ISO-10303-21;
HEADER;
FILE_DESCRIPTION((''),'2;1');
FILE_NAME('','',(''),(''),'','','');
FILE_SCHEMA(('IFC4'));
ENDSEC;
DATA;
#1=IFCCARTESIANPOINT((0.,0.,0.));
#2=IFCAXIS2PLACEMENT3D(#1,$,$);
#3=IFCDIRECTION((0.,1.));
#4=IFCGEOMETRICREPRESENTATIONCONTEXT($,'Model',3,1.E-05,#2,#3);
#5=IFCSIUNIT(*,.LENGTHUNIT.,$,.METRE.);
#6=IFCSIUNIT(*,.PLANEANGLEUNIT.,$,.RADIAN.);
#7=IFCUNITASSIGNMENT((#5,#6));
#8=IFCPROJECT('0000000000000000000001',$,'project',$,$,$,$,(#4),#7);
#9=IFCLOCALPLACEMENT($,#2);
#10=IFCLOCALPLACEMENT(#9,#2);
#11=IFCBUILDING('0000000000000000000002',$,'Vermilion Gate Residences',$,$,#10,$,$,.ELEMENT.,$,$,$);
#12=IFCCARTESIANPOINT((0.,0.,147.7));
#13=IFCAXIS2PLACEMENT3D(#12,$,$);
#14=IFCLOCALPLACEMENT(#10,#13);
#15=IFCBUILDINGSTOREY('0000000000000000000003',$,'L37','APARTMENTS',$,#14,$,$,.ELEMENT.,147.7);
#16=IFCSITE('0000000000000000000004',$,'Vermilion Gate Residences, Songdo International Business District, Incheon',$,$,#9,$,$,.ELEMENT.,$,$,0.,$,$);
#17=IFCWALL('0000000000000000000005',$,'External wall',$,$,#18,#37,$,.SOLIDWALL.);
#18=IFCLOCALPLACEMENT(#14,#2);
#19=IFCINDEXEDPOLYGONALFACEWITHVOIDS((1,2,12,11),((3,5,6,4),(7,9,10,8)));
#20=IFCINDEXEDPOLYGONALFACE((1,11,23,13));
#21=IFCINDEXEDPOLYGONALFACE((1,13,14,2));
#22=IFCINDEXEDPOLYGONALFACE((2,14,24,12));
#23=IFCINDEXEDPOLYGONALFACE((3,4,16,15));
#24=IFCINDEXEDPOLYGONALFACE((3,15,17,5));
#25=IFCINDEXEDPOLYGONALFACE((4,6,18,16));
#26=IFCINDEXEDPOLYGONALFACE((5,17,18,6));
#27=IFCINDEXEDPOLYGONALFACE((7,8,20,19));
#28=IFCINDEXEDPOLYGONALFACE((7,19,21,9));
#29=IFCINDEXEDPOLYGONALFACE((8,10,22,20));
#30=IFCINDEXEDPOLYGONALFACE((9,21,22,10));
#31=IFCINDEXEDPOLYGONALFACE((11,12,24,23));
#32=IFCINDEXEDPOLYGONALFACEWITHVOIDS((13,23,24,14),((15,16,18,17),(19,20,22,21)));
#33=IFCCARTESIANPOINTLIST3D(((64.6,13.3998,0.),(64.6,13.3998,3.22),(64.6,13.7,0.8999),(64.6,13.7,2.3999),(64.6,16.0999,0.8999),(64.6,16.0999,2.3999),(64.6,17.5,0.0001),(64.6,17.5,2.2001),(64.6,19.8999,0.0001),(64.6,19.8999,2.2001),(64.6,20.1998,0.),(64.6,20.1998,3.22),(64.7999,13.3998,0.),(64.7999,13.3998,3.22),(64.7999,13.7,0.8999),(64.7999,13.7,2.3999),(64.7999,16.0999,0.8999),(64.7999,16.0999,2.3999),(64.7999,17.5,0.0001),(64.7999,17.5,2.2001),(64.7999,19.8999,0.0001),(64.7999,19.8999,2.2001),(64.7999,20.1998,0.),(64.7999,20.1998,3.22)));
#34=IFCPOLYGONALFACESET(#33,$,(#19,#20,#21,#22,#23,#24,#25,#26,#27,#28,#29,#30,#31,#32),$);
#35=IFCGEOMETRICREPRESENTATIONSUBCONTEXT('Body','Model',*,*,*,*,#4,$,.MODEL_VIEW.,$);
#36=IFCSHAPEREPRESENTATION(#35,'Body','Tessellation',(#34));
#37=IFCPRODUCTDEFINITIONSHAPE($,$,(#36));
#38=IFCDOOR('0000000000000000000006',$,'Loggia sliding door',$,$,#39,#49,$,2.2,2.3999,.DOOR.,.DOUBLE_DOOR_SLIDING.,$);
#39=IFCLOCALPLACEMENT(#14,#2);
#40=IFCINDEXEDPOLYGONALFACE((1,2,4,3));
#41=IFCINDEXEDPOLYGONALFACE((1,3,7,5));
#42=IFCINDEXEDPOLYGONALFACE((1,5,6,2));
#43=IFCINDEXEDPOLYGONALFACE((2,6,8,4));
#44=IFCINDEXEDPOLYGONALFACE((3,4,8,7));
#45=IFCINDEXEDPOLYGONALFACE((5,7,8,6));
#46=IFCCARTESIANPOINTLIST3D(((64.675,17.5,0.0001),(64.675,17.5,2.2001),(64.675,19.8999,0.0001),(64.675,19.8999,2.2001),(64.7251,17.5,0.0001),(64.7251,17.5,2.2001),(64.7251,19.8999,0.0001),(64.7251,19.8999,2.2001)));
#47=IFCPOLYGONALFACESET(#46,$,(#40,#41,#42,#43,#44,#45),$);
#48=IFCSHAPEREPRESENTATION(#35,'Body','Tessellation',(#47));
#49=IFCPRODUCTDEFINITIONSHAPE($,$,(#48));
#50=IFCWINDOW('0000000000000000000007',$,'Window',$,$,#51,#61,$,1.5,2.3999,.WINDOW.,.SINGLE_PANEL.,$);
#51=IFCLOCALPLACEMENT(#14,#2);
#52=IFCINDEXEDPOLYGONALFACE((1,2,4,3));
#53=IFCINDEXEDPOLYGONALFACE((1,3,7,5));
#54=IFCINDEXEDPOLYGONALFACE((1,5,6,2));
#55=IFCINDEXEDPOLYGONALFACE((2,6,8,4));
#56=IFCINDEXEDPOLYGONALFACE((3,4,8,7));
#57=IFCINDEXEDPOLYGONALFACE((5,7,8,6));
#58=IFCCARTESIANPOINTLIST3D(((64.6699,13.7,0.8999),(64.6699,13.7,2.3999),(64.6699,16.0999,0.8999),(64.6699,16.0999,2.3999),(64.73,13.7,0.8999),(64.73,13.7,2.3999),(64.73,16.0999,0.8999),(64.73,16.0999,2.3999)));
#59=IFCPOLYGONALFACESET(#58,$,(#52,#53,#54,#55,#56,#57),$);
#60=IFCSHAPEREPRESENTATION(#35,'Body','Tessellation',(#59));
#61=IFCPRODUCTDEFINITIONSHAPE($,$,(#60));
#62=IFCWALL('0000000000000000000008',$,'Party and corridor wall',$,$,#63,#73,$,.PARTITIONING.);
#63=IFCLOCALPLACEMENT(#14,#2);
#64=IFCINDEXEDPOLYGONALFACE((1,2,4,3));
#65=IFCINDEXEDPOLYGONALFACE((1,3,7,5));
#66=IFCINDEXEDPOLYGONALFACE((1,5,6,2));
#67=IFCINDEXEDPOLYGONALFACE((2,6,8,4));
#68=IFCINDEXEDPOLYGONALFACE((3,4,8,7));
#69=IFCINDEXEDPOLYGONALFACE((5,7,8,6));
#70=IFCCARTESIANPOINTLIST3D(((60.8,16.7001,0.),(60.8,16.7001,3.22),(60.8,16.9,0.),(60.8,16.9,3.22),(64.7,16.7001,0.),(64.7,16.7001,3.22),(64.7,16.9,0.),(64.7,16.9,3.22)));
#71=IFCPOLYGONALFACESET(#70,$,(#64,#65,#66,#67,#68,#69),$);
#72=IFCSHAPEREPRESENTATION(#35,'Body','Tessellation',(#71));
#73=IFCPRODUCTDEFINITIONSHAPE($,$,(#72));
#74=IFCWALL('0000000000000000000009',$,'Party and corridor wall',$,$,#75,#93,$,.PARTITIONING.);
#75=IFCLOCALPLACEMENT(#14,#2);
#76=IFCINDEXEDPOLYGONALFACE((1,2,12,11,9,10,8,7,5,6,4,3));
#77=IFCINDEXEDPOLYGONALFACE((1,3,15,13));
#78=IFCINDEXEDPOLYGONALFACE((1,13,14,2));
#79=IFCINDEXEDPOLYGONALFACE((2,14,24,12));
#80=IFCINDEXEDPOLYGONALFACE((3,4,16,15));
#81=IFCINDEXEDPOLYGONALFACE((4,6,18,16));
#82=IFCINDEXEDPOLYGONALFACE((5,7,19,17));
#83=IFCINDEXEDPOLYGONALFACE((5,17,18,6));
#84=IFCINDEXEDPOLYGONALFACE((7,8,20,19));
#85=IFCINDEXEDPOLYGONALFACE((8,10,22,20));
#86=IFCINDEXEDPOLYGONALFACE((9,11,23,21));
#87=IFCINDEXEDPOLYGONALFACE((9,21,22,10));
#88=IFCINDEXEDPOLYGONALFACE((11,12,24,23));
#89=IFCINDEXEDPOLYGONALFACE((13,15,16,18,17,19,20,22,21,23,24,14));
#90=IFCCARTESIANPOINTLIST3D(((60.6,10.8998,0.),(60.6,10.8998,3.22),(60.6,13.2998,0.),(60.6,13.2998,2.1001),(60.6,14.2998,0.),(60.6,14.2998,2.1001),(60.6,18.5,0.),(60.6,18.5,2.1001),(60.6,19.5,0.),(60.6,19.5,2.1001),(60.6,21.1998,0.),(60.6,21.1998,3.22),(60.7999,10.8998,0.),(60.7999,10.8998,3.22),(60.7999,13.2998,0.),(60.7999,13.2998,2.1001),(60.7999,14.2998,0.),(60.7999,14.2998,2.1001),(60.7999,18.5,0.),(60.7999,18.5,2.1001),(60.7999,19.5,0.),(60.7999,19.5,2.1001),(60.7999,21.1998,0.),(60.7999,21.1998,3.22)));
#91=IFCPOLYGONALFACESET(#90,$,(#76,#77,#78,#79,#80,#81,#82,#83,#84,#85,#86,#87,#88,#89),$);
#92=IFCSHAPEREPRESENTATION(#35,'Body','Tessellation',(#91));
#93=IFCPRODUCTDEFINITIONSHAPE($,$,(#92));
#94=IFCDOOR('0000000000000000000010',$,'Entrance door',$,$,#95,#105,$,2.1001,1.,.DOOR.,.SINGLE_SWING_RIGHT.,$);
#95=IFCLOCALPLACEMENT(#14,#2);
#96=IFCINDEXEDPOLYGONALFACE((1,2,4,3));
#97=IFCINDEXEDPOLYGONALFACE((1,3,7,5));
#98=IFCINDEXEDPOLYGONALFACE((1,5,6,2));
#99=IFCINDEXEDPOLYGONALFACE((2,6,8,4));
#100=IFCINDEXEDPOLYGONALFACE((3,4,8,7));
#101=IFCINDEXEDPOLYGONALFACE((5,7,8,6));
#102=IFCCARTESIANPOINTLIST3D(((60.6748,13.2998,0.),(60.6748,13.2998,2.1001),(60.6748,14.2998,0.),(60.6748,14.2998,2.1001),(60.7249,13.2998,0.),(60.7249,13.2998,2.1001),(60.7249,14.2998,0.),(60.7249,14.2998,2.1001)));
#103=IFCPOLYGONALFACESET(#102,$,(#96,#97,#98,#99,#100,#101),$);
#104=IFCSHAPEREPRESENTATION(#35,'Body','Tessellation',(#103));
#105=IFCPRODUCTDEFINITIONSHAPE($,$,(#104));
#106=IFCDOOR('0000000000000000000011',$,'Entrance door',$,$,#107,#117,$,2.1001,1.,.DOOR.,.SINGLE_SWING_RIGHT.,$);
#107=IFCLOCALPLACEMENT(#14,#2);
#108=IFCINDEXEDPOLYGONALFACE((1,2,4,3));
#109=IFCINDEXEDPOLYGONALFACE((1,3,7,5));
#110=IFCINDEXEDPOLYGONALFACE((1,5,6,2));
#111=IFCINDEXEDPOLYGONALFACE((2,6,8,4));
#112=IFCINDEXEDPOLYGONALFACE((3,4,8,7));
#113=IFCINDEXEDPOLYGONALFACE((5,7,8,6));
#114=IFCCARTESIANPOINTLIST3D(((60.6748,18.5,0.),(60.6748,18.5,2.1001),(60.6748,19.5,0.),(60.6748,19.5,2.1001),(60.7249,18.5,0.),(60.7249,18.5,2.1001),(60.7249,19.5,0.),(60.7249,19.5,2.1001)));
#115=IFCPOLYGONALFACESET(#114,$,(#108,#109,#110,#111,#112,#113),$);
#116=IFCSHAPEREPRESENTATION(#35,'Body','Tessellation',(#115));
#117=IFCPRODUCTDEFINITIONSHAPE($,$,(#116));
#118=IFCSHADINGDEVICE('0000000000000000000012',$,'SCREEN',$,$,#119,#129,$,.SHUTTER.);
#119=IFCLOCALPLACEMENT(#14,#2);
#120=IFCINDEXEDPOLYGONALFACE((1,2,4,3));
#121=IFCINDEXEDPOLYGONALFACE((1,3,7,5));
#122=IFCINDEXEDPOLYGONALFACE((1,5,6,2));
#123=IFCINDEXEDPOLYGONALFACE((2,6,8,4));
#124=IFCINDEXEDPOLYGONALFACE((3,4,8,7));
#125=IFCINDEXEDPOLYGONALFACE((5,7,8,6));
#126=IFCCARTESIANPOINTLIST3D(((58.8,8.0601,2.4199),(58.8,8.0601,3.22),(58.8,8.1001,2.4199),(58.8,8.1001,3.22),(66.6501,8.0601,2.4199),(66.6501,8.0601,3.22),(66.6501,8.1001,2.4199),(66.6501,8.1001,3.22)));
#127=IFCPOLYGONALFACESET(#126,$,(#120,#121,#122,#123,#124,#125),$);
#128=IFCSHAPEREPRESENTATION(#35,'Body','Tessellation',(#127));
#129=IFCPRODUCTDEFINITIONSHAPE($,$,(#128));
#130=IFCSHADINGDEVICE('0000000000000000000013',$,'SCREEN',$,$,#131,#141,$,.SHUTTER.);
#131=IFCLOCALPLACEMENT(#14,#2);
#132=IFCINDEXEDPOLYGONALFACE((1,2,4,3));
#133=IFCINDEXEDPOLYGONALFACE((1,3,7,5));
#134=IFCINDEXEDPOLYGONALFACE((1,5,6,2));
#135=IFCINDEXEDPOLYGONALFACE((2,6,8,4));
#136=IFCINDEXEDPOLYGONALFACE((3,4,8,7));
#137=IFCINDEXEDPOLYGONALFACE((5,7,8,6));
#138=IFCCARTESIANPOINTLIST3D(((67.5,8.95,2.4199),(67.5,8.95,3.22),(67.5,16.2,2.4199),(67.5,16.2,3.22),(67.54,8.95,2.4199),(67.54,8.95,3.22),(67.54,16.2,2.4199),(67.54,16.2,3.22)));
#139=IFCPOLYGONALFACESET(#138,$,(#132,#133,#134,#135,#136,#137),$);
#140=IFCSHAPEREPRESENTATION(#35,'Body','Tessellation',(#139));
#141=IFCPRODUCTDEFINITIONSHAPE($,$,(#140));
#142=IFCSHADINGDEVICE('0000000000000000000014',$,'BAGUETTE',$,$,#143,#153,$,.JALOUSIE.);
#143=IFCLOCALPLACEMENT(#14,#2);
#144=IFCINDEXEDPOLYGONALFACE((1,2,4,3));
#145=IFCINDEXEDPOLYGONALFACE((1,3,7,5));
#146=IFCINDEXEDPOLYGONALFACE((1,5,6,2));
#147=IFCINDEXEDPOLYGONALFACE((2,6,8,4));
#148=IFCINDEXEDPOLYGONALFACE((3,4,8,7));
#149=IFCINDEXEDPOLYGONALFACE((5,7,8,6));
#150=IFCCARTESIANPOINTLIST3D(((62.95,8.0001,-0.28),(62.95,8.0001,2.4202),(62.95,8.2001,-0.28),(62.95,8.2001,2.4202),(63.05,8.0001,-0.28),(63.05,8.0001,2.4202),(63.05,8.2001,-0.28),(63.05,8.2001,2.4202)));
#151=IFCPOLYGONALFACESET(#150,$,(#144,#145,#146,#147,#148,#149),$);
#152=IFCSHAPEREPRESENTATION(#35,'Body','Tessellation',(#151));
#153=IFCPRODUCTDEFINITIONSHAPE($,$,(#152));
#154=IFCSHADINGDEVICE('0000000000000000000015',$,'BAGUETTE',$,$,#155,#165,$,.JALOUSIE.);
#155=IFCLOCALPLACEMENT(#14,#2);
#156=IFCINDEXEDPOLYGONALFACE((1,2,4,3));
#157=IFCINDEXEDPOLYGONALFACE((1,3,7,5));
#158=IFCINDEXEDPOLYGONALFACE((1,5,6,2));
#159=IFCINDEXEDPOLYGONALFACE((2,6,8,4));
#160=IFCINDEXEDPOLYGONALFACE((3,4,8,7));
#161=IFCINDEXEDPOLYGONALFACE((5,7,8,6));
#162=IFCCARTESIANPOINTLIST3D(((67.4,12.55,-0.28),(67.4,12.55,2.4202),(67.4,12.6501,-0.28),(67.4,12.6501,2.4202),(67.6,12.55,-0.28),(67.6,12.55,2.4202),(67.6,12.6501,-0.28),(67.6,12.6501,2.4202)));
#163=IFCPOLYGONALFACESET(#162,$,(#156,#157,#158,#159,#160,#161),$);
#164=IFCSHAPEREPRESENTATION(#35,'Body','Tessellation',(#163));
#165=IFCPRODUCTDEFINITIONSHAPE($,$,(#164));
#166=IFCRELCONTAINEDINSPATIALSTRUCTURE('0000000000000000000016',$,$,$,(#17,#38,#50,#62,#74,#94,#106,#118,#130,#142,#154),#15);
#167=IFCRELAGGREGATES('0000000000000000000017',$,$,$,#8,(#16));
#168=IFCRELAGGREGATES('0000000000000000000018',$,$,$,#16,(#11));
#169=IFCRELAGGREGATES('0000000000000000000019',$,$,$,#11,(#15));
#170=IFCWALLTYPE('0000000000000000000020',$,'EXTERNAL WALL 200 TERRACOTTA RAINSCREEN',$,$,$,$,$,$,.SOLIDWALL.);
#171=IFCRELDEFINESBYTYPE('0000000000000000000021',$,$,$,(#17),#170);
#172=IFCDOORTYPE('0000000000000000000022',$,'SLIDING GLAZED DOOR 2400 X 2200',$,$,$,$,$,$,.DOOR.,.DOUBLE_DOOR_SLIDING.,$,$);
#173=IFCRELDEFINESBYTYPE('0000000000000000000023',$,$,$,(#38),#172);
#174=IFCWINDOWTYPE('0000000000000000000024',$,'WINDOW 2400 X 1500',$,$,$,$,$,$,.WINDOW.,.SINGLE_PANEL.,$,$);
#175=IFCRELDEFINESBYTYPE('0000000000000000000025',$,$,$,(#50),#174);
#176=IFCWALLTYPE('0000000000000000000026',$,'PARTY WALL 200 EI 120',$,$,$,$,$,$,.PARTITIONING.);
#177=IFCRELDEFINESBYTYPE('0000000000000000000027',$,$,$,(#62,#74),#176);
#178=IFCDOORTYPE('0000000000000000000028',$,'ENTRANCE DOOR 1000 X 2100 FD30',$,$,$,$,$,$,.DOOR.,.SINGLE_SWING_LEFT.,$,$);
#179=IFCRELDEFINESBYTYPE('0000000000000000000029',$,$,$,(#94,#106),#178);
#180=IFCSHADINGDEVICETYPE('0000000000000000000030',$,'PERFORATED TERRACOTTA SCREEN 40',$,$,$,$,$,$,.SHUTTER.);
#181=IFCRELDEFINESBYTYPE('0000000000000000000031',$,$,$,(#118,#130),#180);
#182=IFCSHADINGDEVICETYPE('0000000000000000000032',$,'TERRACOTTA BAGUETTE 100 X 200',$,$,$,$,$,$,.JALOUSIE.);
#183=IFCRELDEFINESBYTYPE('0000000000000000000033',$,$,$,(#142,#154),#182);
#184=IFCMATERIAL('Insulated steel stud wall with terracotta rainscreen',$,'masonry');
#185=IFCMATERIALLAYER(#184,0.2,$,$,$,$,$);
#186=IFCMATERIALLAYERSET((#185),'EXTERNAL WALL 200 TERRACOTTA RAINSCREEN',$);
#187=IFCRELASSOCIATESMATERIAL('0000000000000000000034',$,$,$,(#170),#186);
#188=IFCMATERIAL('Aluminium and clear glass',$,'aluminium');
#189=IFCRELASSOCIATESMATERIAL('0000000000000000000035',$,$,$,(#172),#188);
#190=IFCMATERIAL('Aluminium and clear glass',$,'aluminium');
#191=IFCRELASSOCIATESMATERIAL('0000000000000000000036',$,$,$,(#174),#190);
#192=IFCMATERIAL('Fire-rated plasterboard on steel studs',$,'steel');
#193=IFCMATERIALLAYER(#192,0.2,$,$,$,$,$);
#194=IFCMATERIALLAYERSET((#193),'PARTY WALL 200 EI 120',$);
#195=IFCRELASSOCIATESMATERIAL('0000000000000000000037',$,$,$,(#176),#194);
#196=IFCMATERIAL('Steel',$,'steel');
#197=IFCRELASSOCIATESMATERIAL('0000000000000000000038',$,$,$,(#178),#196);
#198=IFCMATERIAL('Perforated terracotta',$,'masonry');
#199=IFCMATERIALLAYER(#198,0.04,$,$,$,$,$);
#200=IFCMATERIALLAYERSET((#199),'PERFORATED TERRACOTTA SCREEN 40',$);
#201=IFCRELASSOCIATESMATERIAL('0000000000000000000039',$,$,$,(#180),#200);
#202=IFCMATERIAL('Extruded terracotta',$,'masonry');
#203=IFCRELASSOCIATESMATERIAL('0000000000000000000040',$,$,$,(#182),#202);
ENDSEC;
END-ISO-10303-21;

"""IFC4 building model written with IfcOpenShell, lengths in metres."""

from ifc_helpers import new_model, si_unit, direction, frame, frame_2d, origin, origin_2d, place, context, subcontext, project, spatial, rectangle, extrude, material, layer, layer_set, material_profile, profile_set, type_object, element, fill, save


model = new_model("IFC4")

# Units and contexts
model_context = context("Model", 3, precision=1e-05, world=origin(), true_north=direction((0.0, 1.0)))
body_context = subcontext(model_context, "Body", "Model", "MODEL_VIEW")
ifc_project = project(units=[si_unit("LENGTHUNIT", "METRE"), si_unit("PLANEANGLEUNIT", "RADIAN")], contexts=[model_context])

# Site, building, storey
site_placement = place(None, origin())
site = spatial("IfcSite", under=ifc_project, at=site_placement, Name="Vermilion Gate Residences, Songdo International Business District, Incheon", CompositionType="ELEMENT", RefElevation=0.0)
building_placement = place(site_placement, origin())
building = spatial("IfcBuilding", under=site, at=building_placement, Name="Vermilion Gate Residences", CompositionType="ELEMENT")
storey_placement = place(building_placement, frame((0.0, 0.0, 147.7)))
storey = spatial("IfcBuildingStorey", under=building, at=storey_placement, Name="L37", Description="APARTMENTS", CompositionType="ELEMENT", Elevation=147.7)

# Shared definitions
ifc_material_1 = material(Name="Insulated steel stud wall with terracotta rainscreen", Category="masonry")
ifc_layer_1 = layer(ifc_material_1, 0.2)
ifc_layer_set_1 = layer_set([ifc_layer_1], Name="EXTERNAL WALL 200 TERRACOTTA RAINSCREEN")
wall_type_1 = type_object("IfcWallType", Name="EXTERNAL WALL 200 TERRACOTTA RAINSCREEN", PredefinedType="SOLIDWALL", material=ifc_layer_set_1)

# Wall, openings, door, window
wall_1_placement = place(storey_placement, frame((64.7, 13.3999, 0.0), z_axis=(0.0, 0.0, 1.0), x_axis=(0.0, 1.0, 0.0)))
wall_1 = element("IfcWall", 1, at=wall_1_placement, inside=storey, type_object=wall_type_1, Name="External wall", PredefinedType="SOLIDWALL", context=body_context, shape_type="SweptSolid", body=[
    extrude(rectangle(XDim=6.8, YDim=0.2, at=frame_2d((3.3999, 0.0))), origin(), (0.0, 0.0, 1.0), 3.22),
])
opening_1_placement = place(wall_1_placement, frame((0.3, 0.0, 0.8999)))
opening_1 = element("IfcOpeningElement", 2, at=opening_1_placement, cuts=wall_1, PredefinedType="OPENING", context=body_context, shape_type="SweptSolid", body=[
    extrude(rectangle(XDim=2.3999, YDim=1.5, at=frame_2d((1.2, 0.75))), frame((0.0, 0.1099, 0.0), z_axis=(0.0, -1.0, 0.0), x_axis=(1.0, 0.0, 0.0)), (0.0, 0.0, 1.0), 0.22),
])
opening_2_placement = place(wall_1_placement, frame((4.1001, 0.0, 0.0)))
opening_2 = element("IfcOpeningElement", 3, at=opening_2_placement, cuts=wall_1, PredefinedType="OPENING", context=body_context, shape_type="SweptSolid", body=[
    extrude(rectangle(XDim=2.3999, YDim=2.2, at=frame_2d((1.2, 1.1001))), frame((0.0, 0.1099, 0.0), z_axis=(0.0, -1.0, 0.0), x_axis=(1.0, 0.0, 0.0)), (0.0, 0.0, 1.0), 0.22),
])
ifc_material_2 = material(Name="Aluminium and clear glass", Category="aluminium")
door_type_1 = type_object("IfcDoorType", Name="SLIDING GLAZED DOOR 2400 X 2200", OperationType="DOUBLE_DOOR_SLIDING", PredefinedType="DOOR", material=ifc_material_2)
door_1_placement = place(opening_2_placement, origin())
door_1 = element("IfcDoor", 4, at=door_1_placement, inside=storey, type_object=door_type_1, Name="Loggia sliding door", OperationType="DOUBLE_DOOR_SLIDING", OverallHeight=2.2, OverallWidth=2.3999, PredefinedType="DOOR", context=body_context, shape_type="SweptSolid", body=[
    extrude(rectangle(XDim=2.3999, YDim=2.2, at=frame_2d((1.2, 1.1001))), frame((0.0, 0.0249, 0.0), z_axis=(0.0, -1.0, 0.0), x_axis=(1.0, 0.0, 0.0)), (0.0, 0.0, 1.0), 0.05),
])
fill(opening_2, door_1)
ifc_material_3 = material(Name="Aluminium and clear glass", Category="aluminium")
window_type_1 = type_object("IfcWindowType", Name="WINDOW 2400 X 1500", PartitioningType="SINGLE_PANEL", PredefinedType="WINDOW", material=ifc_material_3)
window_1_placement = place(opening_1_placement, origin())
window_1 = element("IfcWindow", 5, at=window_1_placement, inside=storey, type_object=window_type_1, Name="Window", OverallHeight=1.5, OverallWidth=2.3999, PartitioningType="SINGLE_PANEL", PredefinedType="WINDOW", context=body_context, shape_type="SweptSolid", body=[
    extrude(rectangle(XDim=2.3999, YDim=1.5, at=frame_2d((1.2, 0.75))), frame((0.0, 0.03, 0.0), z_axis=(0.0, -1.0, 0.0), x_axis=(1.0, 0.0, 0.0)), (0.0, 0.0, 1.0), 0.0601),
])
fill(opening_1, window_1)

# Wall
ifc_material_4 = material(Name="Fire-rated plasterboard on steel studs", Category="steel")
ifc_layer_2 = layer(ifc_material_4, 0.2)
ifc_layer_set_2 = layer_set([ifc_layer_2], Name="PARTY WALL 200 EI 120")
wall_type_2 = type_object("IfcWallType", Name="PARTY WALL 200 EI 120", PredefinedType="PARTITIONING", material=ifc_layer_set_2)
wall_2_placement = place(storey_placement, frame((60.8, 16.8, 0.0), z_axis=(0.0, 0.0, 1.0), x_axis=(1.0, 0.0, 0.0)))
element("IfcWall", 6, at=wall_2_placement, inside=storey, type_object=wall_type_2, Name="Party and corridor wall", PredefinedType="PARTITIONING", context=body_context, shape_type="SweptSolid", body=[
    extrude(rectangle(XDim=3.8999, YDim=0.2, at=frame_2d((1.95, 0.0))), origin(), (0.0, 0.0, 1.0), 3.22),
])

# Wall, openings, doors
wall_3_placement = place(storey_placement, frame((60.7, 10.8999, 0.0), z_axis=(0.0, 0.0, 1.0), x_axis=(0.0, 1.0, 0.0)))
wall_3 = element("IfcWall", 7, at=wall_3_placement, inside=storey, type_object=wall_type_2, Name="Party and corridor wall", PredefinedType="PARTITIONING", context=body_context, shape_type="SweptSolid", body=[
    extrude(rectangle(XDim=10.3, YDim=0.2, at=frame_2d((5.1499, 0.0))), origin(), (0.0, 0.0, 1.0), 3.22),
])
opening_3_placement = place(wall_3_placement, frame((2.3999, 0.0, 0.0)))
opening_3 = element("IfcOpeningElement", 8, at=opening_3_placement, cuts=wall_3, PredefinedType="OPENING", context=body_context, shape_type="SweptSolid", body=[
    extrude(rectangle(XDim=1.0, YDim=2.1001, at=frame_2d((0.5, 1.05))), frame((0.0, 0.1099, 0.0), z_axis=(0.0, -1.0, 0.0), x_axis=(1.0, 0.0, 0.0)), (0.0, 0.0, 1.0), 0.22),
])
opening_4_placement = place(wall_3_placement, frame((7.6001, 0.0, 0.0)))
opening_4 = element("IfcOpeningElement", 9, at=opening_4_placement, cuts=wall_3, PredefinedType="OPENING", context=body_context, shape_type="SweptSolid", body=[
    extrude(rectangle(XDim=1.0, YDim=2.1001, at=frame_2d((0.5, 1.05))), frame((0.0, 0.1099, 0.0), z_axis=(0.0, -1.0, 0.0), x_axis=(1.0, 0.0, 0.0)), (0.0, 0.0, 1.0), 0.22),
])
ifc_material_5 = material(Name="Steel", Category="steel")
door_type_2 = type_object("IfcDoorType", Name="ENTRANCE DOOR 1000 X 2100 FD30", OperationType="SINGLE_SWING_LEFT", PredefinedType="DOOR", material=ifc_material_5)
door_2_placement = place(opening_3_placement, frame((1.0, 0.0, 0.0), z_axis=(0.0, 0.0, 1.0), x_axis=(-1.0, 0.0, 0.0)))
door_2 = element("IfcDoor", 10, at=door_2_placement, inside=storey, type_object=door_type_2, Name="Entrance door", OperationType="SINGLE_SWING_RIGHT", OverallHeight=2.1001, OverallWidth=1.0, PredefinedType="DOOR", context=body_context, shape_type="SweptSolid", body=[
    extrude(rectangle(XDim=1.0, YDim=2.1001, at=frame_2d((0.5, 1.05))), frame((0.0, 0.0249, 0.0), z_axis=(0.0, -1.0, 0.0), x_axis=(1.0, 0.0, 0.0)), (0.0, 0.0, 1.0), 0.05),
])
fill(opening_3, door_2)
door_3_placement = place(opening_4_placement, frame((1.0, 0.0, 0.0), z_axis=(0.0, 0.0, 1.0), x_axis=(-1.0, 0.0, 0.0)))
door_3 = element("IfcDoor", 11, at=door_3_placement, inside=storey, type_object=door_type_2, Name="Entrance door", OperationType="SINGLE_SWING_RIGHT", OverallHeight=2.1001, OverallWidth=1.0, PredefinedType="DOOR", context=body_context, shape_type="SweptSolid", body=[
    extrude(rectangle(XDim=1.0, YDim=2.1001, at=frame_2d((0.5, 1.05))), frame((0.0, 0.0249, 0.0), z_axis=(0.0, -1.0, 0.0), x_axis=(1.0, 0.0, 0.0)), (0.0, 0.0, 1.0), 0.05),
])
fill(opening_4, door_3)

# Shading devices
ifc_material_6 = material(Name="Perforated terracotta", Category="masonry")
ifc_layer_3 = layer(ifc_material_6, 0.04)
ifc_layer_set_3 = layer_set([ifc_layer_3], Name="PERFORATED TERRACOTTA SCREEN 40")
shading_device_type_1 = type_object("IfcShadingDeviceType", Name="PERFORATED TERRACOTTA SCREEN 40", PredefinedType="SHUTTER", material=ifc_layer_set_3)
shading_device_1_placement = place(storey_placement, frame((62.7251, 8.0801, 2.4199), z_axis=(0.0, 0.0, 1.0), x_axis=(1.0, 0.0, 0.0)))
element("IfcShadingDevice", 12, at=shading_device_1_placement, inside=storey, type_object=shading_device_type_1, Name="SCREEN", PredefinedType="SHUTTER", context=body_context, shape_type="SweptSolid", body=[
    extrude(rectangle(XDim=7.8501, YDim=0.04, at=origin_2d()), origin(), (0.0, 0.0, 1.0), 0.8),
])
shading_device_2_placement = place(storey_placement, frame((67.52, 12.575, 2.4199), z_axis=(0.0, 0.0, 1.0), x_axis=(0.0, 1.0, 0.0)))
element("IfcShadingDevice", 13, at=shading_device_2_placement, inside=storey, type_object=shading_device_type_1, Name="SCREEN", PredefinedType="SHUTTER", context=body_context, shape_type="SweptSolid", body=[
    extrude(rectangle(XDim=7.25, YDim=0.04, at=origin_2d()), origin(), (0.0, 0.0, 1.0), 0.8),
])
ifc_material_7 = material(Name="Extruded terracotta", Category="masonry")
ifc_material_profile_1 = material_profile(ifc_material_7, rectangle(XDim=0.2, YDim=0.1001, at=origin_2d()), Name="BAGUETTE 100 X 200")
ifc_profile_set_1 = profile_set([ifc_material_profile_1], Name="Extruded terracotta")
shading_device_type_2 = type_object("IfcShadingDeviceType", Name="TERRACOTTA BAGUETTE 100 X 200", PredefinedType="JALOUSIE", material=ifc_profile_set_1)
for number, where, z_axis, x_axis, name in (
    (14, (63.0, 8.1001, -0.28), (0.0, 0.0, 1.0), (0.0, 1.0, 0.0), "BAGUETTE"),
    (15, (67.5, 12.6001, -0.28), (0.0, 0.0, 1.0), (-1.0, 0.0, 0.0), "BAGUETTE"),
):
    element("IfcShadingDevice", number, at=place(storey_placement, frame(where, z_axis=z_axis, x_axis=x_axis)), inside=storey, type_object=shading_device_type_2, Name=name, PredefinedType="JALOUSIE", context=body_context, shape_type="SweptSolid", body=[
        extrude(rectangle(XDim=0.2, YDim=0.1001, at=origin_2d()), origin(), (0.0, 0.0, 1.0), 2.7002),
    ])

save(model, "model.ifc")
